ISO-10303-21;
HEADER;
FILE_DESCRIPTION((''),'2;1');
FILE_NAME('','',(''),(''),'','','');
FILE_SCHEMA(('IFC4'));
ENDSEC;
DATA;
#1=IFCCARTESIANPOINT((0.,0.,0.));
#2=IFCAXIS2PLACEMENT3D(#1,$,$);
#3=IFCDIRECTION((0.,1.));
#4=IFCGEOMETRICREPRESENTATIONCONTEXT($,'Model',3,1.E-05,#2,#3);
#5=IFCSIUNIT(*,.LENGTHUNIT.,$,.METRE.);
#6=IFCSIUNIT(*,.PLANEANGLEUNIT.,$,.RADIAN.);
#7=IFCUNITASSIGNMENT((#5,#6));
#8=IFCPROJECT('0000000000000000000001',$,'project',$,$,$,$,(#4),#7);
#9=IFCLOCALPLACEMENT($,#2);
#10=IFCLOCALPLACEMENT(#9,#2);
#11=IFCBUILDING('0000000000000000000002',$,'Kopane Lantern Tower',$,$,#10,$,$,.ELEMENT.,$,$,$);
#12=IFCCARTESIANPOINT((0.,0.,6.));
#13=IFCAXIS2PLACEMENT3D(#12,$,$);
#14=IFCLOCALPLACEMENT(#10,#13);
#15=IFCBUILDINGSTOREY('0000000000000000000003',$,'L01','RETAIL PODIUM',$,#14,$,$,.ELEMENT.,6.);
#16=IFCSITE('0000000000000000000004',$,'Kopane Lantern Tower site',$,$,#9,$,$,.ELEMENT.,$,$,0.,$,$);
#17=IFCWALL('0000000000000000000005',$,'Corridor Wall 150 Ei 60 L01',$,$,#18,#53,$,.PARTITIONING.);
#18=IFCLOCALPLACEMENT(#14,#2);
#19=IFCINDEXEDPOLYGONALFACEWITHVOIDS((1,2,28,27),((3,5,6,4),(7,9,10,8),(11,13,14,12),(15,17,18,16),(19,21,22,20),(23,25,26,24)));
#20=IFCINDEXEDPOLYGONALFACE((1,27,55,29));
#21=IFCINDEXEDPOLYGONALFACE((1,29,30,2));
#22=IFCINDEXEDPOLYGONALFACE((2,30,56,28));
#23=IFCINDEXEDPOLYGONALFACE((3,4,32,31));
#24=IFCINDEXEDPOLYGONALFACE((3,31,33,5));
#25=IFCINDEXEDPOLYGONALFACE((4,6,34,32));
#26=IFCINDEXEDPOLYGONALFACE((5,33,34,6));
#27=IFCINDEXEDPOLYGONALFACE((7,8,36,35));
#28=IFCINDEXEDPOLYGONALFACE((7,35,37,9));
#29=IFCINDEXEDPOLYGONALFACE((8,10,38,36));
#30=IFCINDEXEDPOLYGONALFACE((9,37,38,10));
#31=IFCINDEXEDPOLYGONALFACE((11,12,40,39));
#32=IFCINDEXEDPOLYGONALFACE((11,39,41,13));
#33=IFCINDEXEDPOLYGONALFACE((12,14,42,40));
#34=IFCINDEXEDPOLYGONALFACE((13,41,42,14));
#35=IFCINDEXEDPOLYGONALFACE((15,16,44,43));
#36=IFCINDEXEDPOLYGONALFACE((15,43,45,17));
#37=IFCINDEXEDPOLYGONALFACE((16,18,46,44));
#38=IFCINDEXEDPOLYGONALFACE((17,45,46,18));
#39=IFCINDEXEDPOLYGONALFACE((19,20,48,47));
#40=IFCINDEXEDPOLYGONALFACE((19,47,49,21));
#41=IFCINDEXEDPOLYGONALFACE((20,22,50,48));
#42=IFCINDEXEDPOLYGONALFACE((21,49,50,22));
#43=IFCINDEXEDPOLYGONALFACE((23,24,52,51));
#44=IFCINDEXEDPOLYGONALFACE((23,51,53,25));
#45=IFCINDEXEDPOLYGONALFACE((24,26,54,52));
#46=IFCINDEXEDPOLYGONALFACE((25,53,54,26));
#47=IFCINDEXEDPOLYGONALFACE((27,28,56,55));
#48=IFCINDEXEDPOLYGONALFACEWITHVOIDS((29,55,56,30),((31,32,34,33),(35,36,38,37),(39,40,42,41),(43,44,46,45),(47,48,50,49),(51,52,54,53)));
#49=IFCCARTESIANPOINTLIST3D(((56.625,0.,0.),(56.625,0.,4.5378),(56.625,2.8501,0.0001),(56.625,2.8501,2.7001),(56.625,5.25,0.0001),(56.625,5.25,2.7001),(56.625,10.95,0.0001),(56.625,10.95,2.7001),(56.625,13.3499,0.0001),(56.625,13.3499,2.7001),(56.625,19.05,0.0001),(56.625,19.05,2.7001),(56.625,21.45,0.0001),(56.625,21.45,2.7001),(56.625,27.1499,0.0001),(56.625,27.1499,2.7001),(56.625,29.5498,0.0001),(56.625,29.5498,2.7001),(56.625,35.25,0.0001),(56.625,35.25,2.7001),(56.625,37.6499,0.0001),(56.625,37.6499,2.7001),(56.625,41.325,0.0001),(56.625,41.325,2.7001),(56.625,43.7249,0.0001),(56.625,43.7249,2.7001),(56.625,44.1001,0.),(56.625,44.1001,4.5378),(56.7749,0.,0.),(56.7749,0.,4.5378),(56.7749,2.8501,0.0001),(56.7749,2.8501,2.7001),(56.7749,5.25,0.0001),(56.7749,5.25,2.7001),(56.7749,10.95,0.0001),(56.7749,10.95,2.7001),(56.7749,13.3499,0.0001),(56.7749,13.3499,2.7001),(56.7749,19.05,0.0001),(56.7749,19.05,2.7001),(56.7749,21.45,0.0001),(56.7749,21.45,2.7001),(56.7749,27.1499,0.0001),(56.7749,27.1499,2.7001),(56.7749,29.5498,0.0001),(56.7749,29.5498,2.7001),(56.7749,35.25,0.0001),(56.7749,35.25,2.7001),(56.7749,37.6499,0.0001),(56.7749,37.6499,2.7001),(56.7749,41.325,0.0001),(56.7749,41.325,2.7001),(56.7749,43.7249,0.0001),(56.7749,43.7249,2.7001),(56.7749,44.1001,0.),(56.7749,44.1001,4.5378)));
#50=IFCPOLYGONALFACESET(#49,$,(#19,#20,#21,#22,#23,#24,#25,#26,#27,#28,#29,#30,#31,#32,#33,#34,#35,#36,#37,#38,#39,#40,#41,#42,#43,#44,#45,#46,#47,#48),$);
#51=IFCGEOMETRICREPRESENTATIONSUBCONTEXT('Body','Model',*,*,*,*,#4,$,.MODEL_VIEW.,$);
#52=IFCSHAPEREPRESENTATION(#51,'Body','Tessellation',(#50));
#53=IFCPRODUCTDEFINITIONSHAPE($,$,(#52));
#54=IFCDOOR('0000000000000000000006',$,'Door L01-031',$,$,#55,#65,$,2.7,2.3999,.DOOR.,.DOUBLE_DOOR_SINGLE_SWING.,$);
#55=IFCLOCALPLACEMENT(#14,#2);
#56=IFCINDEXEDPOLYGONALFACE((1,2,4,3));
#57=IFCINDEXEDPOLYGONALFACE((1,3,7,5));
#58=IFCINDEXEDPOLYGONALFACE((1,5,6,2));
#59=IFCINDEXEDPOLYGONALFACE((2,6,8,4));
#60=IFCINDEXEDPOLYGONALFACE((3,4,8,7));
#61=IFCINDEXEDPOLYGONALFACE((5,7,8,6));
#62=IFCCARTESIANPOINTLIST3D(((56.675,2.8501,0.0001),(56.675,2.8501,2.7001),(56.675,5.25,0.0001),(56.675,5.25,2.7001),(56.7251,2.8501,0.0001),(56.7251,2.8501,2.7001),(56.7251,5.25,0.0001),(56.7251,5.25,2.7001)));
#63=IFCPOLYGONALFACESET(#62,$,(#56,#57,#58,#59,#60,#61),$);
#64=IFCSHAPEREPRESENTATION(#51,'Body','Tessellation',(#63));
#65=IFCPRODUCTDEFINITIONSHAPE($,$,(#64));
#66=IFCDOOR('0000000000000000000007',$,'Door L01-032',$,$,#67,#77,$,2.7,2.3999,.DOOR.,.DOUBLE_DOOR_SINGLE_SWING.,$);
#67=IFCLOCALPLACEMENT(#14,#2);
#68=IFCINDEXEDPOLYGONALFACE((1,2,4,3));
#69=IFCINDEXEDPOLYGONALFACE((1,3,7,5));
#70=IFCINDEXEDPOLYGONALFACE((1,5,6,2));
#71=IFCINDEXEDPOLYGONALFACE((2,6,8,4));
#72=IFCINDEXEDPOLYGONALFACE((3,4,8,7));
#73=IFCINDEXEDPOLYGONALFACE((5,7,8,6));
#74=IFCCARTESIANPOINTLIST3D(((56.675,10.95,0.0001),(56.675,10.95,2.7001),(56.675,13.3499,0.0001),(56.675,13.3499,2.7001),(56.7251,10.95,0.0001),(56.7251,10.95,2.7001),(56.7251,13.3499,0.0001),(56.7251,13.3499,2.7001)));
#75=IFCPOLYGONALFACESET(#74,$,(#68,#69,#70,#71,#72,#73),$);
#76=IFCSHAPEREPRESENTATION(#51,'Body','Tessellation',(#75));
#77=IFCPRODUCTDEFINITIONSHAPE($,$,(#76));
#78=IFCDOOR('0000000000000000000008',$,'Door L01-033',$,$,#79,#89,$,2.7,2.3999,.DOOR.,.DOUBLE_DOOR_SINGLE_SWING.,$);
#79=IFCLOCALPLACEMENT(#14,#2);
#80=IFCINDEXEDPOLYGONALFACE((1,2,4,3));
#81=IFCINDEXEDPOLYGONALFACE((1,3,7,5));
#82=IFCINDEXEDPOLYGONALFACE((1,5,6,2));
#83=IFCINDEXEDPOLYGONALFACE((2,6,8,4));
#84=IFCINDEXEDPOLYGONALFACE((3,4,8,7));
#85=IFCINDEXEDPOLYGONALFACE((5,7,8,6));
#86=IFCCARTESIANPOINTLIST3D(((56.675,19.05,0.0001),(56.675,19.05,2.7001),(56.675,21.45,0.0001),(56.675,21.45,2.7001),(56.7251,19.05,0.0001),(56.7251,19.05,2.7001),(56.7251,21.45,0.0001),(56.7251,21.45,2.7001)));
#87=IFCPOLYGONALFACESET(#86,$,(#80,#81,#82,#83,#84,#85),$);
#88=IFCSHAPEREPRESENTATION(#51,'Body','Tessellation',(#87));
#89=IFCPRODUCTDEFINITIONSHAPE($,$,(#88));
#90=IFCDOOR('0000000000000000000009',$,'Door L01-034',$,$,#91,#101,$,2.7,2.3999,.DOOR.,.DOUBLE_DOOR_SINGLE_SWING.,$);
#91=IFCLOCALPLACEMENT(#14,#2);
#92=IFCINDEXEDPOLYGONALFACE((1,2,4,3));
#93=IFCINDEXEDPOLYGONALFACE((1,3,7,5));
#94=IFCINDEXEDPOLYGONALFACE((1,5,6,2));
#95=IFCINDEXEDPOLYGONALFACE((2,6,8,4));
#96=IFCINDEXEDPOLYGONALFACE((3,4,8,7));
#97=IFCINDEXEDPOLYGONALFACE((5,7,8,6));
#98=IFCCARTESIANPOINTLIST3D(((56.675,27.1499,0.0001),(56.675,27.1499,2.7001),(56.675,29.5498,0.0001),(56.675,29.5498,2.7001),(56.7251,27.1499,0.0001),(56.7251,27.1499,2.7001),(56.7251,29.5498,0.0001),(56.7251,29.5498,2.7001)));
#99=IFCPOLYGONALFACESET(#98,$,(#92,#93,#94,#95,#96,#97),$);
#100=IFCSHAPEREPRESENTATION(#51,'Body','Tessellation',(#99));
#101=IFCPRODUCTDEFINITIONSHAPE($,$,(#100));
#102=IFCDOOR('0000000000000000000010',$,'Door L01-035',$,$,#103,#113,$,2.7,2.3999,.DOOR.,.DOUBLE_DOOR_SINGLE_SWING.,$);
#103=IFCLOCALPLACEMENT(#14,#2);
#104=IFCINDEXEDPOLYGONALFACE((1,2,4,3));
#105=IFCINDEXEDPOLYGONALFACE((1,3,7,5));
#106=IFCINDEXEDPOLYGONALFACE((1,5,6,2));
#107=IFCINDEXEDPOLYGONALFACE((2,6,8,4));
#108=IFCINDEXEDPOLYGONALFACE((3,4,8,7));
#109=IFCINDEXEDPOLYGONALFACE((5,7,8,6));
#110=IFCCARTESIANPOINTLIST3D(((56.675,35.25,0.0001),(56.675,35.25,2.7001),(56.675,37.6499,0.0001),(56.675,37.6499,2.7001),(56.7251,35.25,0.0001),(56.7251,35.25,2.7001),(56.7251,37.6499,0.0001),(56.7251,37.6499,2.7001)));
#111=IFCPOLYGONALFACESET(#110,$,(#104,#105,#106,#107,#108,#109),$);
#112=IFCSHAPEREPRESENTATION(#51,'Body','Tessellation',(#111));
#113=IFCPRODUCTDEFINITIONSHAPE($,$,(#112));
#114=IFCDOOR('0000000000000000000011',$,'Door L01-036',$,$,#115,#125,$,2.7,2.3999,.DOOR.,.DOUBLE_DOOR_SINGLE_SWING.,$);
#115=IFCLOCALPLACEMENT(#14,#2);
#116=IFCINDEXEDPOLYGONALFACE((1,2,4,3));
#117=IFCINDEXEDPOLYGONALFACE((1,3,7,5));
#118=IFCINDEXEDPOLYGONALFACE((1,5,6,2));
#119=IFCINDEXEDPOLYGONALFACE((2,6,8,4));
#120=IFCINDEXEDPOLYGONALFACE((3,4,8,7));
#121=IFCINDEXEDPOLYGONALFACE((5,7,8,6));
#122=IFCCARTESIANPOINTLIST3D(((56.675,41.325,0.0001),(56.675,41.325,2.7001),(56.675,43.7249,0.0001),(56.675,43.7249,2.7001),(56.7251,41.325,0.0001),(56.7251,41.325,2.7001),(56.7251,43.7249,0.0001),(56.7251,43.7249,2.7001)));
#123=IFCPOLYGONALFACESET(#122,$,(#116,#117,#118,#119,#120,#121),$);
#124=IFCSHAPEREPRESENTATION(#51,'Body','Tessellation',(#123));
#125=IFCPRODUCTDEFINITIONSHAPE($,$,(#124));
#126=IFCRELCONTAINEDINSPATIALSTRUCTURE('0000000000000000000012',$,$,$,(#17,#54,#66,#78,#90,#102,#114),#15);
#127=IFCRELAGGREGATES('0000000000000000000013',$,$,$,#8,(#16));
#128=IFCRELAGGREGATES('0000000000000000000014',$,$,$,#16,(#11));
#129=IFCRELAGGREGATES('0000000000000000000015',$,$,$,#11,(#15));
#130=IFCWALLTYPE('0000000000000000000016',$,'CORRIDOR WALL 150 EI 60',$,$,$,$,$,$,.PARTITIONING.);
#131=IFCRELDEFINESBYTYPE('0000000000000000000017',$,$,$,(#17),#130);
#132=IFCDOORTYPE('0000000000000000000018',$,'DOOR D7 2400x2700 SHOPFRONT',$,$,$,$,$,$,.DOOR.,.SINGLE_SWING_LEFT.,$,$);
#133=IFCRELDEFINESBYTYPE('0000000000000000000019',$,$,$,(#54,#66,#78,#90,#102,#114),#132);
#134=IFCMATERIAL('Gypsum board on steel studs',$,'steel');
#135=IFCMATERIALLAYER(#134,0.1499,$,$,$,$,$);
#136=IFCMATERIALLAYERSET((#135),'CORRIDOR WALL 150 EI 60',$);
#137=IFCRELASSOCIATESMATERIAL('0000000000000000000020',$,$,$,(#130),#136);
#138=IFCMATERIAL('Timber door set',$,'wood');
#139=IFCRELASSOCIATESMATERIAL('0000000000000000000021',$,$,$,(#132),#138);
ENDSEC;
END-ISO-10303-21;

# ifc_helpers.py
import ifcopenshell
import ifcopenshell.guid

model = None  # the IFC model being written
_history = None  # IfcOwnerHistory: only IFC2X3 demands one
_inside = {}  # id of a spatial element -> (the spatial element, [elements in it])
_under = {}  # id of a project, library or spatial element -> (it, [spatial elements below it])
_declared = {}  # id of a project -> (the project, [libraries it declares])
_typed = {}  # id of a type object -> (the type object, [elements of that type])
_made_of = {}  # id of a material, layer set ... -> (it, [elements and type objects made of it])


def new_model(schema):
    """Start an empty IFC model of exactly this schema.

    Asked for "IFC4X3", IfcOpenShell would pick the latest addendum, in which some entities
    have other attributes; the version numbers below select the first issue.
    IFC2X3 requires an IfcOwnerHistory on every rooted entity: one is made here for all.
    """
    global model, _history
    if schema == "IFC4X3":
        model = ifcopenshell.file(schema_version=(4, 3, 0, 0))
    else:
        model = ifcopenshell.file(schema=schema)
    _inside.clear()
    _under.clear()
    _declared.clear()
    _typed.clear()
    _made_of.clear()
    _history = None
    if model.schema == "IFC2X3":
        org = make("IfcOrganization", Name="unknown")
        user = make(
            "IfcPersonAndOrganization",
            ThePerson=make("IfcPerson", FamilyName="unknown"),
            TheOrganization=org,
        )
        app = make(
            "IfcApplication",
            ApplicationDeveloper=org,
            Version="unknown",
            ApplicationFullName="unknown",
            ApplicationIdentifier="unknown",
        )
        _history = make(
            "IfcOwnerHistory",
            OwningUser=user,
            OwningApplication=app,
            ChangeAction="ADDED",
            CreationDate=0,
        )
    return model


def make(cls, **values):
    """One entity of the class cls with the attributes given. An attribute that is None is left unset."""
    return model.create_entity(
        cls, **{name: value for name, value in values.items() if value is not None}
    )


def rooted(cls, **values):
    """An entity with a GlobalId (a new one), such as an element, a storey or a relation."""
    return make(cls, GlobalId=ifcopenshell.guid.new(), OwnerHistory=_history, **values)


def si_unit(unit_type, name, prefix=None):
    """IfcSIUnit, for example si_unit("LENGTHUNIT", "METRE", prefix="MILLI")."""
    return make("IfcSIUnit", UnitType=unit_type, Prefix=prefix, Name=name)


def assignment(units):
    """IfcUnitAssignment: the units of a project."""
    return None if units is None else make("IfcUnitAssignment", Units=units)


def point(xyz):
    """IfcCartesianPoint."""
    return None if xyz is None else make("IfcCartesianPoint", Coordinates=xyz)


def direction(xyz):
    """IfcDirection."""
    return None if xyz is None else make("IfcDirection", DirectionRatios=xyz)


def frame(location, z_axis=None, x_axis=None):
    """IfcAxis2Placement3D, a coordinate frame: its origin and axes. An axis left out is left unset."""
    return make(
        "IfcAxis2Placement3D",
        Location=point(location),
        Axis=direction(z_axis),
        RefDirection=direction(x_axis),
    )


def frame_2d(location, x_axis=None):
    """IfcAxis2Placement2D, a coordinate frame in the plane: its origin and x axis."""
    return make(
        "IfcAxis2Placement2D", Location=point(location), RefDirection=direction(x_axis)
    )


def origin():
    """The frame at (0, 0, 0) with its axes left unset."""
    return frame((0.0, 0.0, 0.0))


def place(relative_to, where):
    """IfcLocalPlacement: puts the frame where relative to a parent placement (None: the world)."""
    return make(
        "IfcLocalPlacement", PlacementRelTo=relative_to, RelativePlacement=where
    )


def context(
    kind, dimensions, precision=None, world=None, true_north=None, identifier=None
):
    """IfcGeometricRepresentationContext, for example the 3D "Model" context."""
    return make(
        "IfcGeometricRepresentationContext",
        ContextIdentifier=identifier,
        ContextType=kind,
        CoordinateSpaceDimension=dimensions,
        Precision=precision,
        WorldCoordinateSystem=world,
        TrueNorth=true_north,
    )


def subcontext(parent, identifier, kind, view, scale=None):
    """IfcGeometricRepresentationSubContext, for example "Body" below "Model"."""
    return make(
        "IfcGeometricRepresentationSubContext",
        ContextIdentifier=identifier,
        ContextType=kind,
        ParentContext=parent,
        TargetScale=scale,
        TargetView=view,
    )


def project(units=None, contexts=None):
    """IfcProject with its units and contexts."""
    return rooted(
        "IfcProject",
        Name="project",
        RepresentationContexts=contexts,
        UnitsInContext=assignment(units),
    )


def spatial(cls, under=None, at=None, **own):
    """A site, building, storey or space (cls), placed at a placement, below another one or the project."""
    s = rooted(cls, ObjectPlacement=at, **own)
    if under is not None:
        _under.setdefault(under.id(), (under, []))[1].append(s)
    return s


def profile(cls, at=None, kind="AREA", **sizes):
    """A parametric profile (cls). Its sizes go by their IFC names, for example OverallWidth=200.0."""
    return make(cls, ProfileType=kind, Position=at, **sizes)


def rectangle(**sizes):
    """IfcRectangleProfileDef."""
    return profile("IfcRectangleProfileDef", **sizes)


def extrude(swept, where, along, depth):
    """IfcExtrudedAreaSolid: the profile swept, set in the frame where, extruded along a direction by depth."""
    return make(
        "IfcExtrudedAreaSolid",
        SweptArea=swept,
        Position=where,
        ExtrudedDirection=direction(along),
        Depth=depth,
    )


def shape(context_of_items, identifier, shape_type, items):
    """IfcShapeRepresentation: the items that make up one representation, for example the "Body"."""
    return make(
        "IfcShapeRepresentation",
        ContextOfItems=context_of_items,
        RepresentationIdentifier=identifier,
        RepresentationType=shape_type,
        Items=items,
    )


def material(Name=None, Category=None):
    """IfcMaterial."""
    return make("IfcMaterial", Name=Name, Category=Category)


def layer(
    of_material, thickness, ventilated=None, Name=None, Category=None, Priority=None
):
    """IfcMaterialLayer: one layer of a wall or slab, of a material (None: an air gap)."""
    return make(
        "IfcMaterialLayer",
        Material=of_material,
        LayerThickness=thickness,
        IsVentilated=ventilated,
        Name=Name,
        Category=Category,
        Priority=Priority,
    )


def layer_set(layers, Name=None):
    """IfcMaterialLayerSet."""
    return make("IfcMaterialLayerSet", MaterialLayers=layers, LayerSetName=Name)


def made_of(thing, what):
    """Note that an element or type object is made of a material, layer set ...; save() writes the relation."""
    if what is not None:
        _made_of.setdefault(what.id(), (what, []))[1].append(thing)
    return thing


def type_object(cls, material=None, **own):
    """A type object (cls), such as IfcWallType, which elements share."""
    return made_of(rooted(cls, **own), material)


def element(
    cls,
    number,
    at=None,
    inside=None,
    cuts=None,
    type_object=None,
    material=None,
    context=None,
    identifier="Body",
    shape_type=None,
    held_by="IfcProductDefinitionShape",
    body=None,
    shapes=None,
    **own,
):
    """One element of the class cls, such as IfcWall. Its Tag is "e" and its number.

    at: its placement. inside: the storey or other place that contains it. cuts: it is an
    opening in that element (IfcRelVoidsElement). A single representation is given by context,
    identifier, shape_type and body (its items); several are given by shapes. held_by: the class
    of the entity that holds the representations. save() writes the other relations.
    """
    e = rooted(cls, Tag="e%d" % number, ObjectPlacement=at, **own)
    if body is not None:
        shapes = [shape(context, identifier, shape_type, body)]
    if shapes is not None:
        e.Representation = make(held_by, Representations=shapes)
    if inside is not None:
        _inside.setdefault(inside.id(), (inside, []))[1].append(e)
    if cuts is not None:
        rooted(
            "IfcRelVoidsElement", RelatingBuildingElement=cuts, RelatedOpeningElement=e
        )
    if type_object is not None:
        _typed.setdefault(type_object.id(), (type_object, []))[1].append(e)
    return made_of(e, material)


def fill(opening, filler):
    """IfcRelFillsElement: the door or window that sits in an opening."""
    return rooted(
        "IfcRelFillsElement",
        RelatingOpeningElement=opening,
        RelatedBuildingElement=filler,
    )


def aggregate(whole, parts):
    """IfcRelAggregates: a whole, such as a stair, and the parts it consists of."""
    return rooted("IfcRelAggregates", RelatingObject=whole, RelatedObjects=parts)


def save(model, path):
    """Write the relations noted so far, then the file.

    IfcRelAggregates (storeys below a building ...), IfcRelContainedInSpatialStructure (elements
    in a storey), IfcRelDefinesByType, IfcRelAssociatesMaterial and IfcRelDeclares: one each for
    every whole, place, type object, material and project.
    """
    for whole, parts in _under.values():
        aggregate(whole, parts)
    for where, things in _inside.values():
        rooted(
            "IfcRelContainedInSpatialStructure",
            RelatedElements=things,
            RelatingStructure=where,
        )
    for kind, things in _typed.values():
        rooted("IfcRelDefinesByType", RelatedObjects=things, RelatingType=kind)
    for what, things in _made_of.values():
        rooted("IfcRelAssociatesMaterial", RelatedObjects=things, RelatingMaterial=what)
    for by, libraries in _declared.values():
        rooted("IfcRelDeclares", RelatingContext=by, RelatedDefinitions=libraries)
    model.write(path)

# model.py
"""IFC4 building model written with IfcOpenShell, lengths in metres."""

from ifc_helpers import new_model, si_unit, direction, frame, frame_2d, origin, place, context, subcontext, project, spatial, rectangle, extrude, material, layer, layer_set, type_object, element, fill, save


model = new_model("IFC4")

# Units and contexts
model_context = context("Model", 3, precision=1e-05, world=origin(), true_north=direction((0.0, 1.0)))
body_context = subcontext(model_context, "Body", "Model", "MODEL_VIEW")
ifc_project = project(units=[si_unit("LENGTHUNIT", "METRE"), si_unit("PLANEANGLEUNIT", "RADIAN")], contexts=[model_context])

# Site, building, storey
site_placement = place(None, origin())
site = spatial("IfcSite", under=ifc_project, at=site_placement, Name="Kopane Lantern Tower site", CompositionType="ELEMENT", RefElevation=0.0)
building_placement = place(site_placement, origin())
building = spatial("IfcBuilding", under=site, at=building_placement, Name="Kopane Lantern Tower", CompositionType="ELEMENT")
storey_placement = place(building_placement, frame((0.0, 0.0, 6.0)))
storey = spatial("IfcBuildingStorey", under=building, at=storey_placement, Name="L01", Description="RETAIL PODIUM", CompositionType="ELEMENT", Elevation=6.0)

# Wall, openings, doors
ifc_material_1 = material(Name="Gypsum board on steel studs", Category="steel")
ifc_layer_1 = layer(ifc_material_1, 0.1499)
ifc_layer_set_1 = layer_set([ifc_layer_1], Name="CORRIDOR WALL 150 EI 60")
wall_type_1 = type_object("IfcWallType", Name="CORRIDOR WALL 150 EI 60", PredefinedType="PARTITIONING", material=ifc_layer_set_1)
wall_1_placement = place(storey_placement, frame((56.7, 0.0, 0.0), z_axis=(0.0, 0.0, 1.0), x_axis=(0.0, 1.0, 0.0)))
wall_1 = element("IfcWall", 1, at=wall_1_placement, inside=storey, type_object=wall_type_1, Name="Corridor Wall 150 Ei 60 L01", PredefinedType="PARTITIONING", context=body_context, shape_type="SweptSolid", body=[
    extrude(rectangle(XDim=44.1001, YDim=0.1499, at=frame_2d((22.05, 0.0))), origin(), (0.0, 0.0, 1.0), 4.5378),
])
opening_1_placement = place(wall_1_placement, frame((2.8501, 0.0, 0.0)))
opening_1 = element("IfcOpeningElement", 2, at=opening_1_placement, cuts=wall_1, PredefinedType="OPENING", context=body_context, shape_type="SweptSolid", body=[
    extrude(rectangle(XDim=2.3999, YDim=2.7, at=frame_2d((1.2, 1.3501))), frame((0.0, 0.085, 0.0), z_axis=(0.0, -1.0, 0.0), x_axis=(1.0, 0.0, 0.0)), (0.0, 0.0, 1.0), 0.1699),
])
opening_2_placement = place(wall_1_placement, frame((10.95, 0.0, 0.0)))
opening_2 = element("IfcOpeningElement", 3, at=opening_2_placement, cuts=wall_1, PredefinedType="OPENING", context=body_context, shape_type="SweptSolid", body=[
    extrude(rectangle(XDim=2.3999, YDim=2.7, at=frame_2d((1.2, 1.3501))), frame((0.0, 0.085, 0.0), z_axis=(0.0, -1.0, 0.0), x_axis=(1.0, 0.0, 0.0)), (0.0, 0.0, 1.0), 0.1699),
])
opening_3_placement = place(wall_1_placement, frame((19.05, 0.0, 0.0)))
opening_3 = element("IfcOpeningElement", 4, at=opening_3_placement, cuts=wall_1, PredefinedType="OPENING", context=body_context, shape_type="SweptSolid", body=[
    extrude(rectangle(XDim=2.3999, YDim=2.7, at=frame_2d((1.2, 1.3501))), frame((0.0, 0.085, 0.0), z_axis=(0.0, -1.0, 0.0), x_axis=(1.0, 0.0, 0.0)), (0.0, 0.0, 1.0), 0.1699),
])
opening_4_placement = place(wall_1_placement, frame((27.1499, 0.0, 0.0)))
opening_4 = element("IfcOpeningElement", 5, at=opening_4_placement, cuts=wall_1, PredefinedType="OPENING", context=body_context, shape_type="SweptSolid", body=[
    extrude(rectangle(XDim=2.3999, YDim=2.7, at=frame_2d((1.2, 1.3501))), frame((0.0, 0.085, 0.0), z_axis=(0.0, -1.0, 0.0), x_axis=(1.0, 0.0, 0.0)), (0.0, 0.0, 1.0), 0.1699),
])
opening_5_placement = place(wall_1_placement, frame((35.25, 0.0, 0.0)))
opening_5 = element("IfcOpeningElement", 6, at=opening_5_placement, cuts=wall_1, PredefinedType="OPENING", context=body_context, shape_type="SweptSolid", body=[
    extrude(rectangle(XDim=2.3999, YDim=2.7, at=frame_2d((1.2, 1.3501))), frame((0.0, 0.085, 0.0), z_axis=(0.0, -1.0, 0.0), x_axis=(1.0, 0.0, 0.0)), (0.0, 0.0, 1.0), 0.1699),
])
opening_6_placement = place(wall_1_placement, frame((41.325, 0.0, 0.0)))
opening_6 = element("IfcOpeningElement", 7, at=opening_6_placement, cuts=wall_1, PredefinedType="OPENING", context=body_context, shape_type="SweptSolid", body=[
    extrude(rectangle(XDim=2.3999, YDim=2.7, at=frame_2d((1.2, 1.3501))), frame((0.0, 0.085, 0.0), z_axis=(0.0, -1.0, 0.0), x_axis=(1.0, 0.0, 0.0)), (0.0, 0.0, 1.0), 0.1699),
])
ifc_material_2 = material(Name="Timber door set", Category="wood")
door_type_1 = type_object("IfcDoorType", Name="DOOR D7 2400x2700 SHOPFRONT", OperationType="SINGLE_SWING_LEFT", PredefinedType="DOOR", material=ifc_material_2)
door_1_placement = place(opening_1_placement, origin())
door_1 = element("IfcDoor", 8, at=door_1_placement, inside=storey, type_object=door_type_1, Name="Door L01-031", OperationType="DOUBLE_DOOR_SINGLE_SWING", OverallHeight=2.7, OverallWidth=2.3999, PredefinedType="DOOR", context=body_context, shape_type="SweptSolid", body=[
    extrude(rectangle(XDim=2.3999, YDim=2.7, at=frame_2d((1.2, 1.3501))), frame((0.0, 0.0249, 0.0), z_axis=(0.0, -1.0, 0.0), x_axis=(1.0, 0.0, 0.0)), (0.0, 0.0, 1.0), 0.05),
])
fill(opening_1, door_1)
door_2_placement = place(opening_2_placement, origin())
door_2 = element("IfcDoor", 9, at=door_2_placement, inside=storey, type_object=door_type_1, Name="Door L01-032", OperationType="DOUBLE_DOOR_SINGLE_SWING", OverallHeight=2.7, OverallWidth=2.3999, PredefinedType="DOOR", context=body_context, shape_type="SweptSolid", body=[
    extrude(rectangle(XDim=2.3999, YDim=2.7, at=frame_2d((1.2, 1.3501))), frame((0.0, 0.0249, 0.0), z_axis=(0.0, -1.0, 0.0), x_axis=(1.0, 0.0, 0.0)), (0.0, 0.0, 1.0), 0.05),
])
fill(opening_2, door_2)
door_3_placement = place(opening_3_placement, origin())
door_3 = element("IfcDoor", 10, at=door_3_placement, inside=storey, type_object=door_type_1, Name="Door L01-033", OperationType="DOUBLE_DOOR_SINGLE_SWING", OverallHeight=2.7, OverallWidth=2.3999, PredefinedType="DOOR", context=body_context, shape_type="SweptSolid", body=[
    extrude(rectangle(XDim=2.3999, YDim=2.7, at=frame_2d((1.2, 1.3501))), frame((0.0, 0.0249, 0.0), z_axis=(0.0, -1.0, 0.0), x_axis=(1.0, 0.0, 0.0)), (0.0, 0.0, 1.0), 0.05),
])
fill(opening_3, door_3)
door_4_placement = place(opening_4_placement, origin())
door_4 = element("IfcDoor", 11, at=door_4_placement, inside=storey, type_object=door_type_1, Name="Door L01-034", OperationType="DOUBLE_DOOR_SINGLE_SWING", OverallHeight=2.7, OverallWidth=2.3999, PredefinedType="DOOR", context=body_context, shape_type="SweptSolid", body=[
    extrude(rectangle(XDim=2.3999, YDim=2.7, at=frame_2d((1.2, 1.3501))), frame((0.0, 0.0249, 0.0), z_axis=(0.0, -1.0, 0.0), x_axis=(1.0, 0.0, 0.0)), (0.0, 0.0, 1.0), 0.05),
])
fill(opening_4, door_4)
door_5_placement = place(opening_5_placement, origin())
door_5 = element("IfcDoor", 12, at=door_5_placement, inside=storey, type_object=door_type_1, Name="Door L01-035", OperationType="DOUBLE_DOOR_SINGLE_SWING", OverallHeight=2.7, OverallWidth=2.3999, PredefinedType="DOOR", context=body_context, shape_type="SweptSolid", body=[
    extrude(rectangle(XDim=2.3999, YDim=2.7, at=frame_2d((1.2, 1.3501))), frame((0.0, 0.0249, 0.0), z_axis=(0.0, -1.0, 0.0), x_axis=(1.0, 0.0, 0.0)), (0.0, 0.0, 1.0), 0.05),
])
fill(opening_5, door_5)
door_6_placement = place(opening_6_placement, origin())
door_6 = element("IfcDoor", 13, at=door_6_placement, inside=storey, type_object=door_type_1, Name="Door L01-036", OperationType="DOUBLE_DOOR_SINGLE_SWING", OverallHeight=2.7, OverallWidth=2.3999, PredefinedType="DOOR", context=body_context, shape_type="SweptSolid", body=[
    extrude(rectangle(XDim=2.3999, YDim=2.7, at=frame_2d((1.2, 1.3501))), frame((0.0, 0.0249, 0.0), z_axis=(0.0, -1.0, 0.0), x_axis=(1.0, 0.0, 0.0)), (0.0, 0.0, 1.0), 0.05),
])
fill(opening_6, door_6)

save(model, "model.ifc")
